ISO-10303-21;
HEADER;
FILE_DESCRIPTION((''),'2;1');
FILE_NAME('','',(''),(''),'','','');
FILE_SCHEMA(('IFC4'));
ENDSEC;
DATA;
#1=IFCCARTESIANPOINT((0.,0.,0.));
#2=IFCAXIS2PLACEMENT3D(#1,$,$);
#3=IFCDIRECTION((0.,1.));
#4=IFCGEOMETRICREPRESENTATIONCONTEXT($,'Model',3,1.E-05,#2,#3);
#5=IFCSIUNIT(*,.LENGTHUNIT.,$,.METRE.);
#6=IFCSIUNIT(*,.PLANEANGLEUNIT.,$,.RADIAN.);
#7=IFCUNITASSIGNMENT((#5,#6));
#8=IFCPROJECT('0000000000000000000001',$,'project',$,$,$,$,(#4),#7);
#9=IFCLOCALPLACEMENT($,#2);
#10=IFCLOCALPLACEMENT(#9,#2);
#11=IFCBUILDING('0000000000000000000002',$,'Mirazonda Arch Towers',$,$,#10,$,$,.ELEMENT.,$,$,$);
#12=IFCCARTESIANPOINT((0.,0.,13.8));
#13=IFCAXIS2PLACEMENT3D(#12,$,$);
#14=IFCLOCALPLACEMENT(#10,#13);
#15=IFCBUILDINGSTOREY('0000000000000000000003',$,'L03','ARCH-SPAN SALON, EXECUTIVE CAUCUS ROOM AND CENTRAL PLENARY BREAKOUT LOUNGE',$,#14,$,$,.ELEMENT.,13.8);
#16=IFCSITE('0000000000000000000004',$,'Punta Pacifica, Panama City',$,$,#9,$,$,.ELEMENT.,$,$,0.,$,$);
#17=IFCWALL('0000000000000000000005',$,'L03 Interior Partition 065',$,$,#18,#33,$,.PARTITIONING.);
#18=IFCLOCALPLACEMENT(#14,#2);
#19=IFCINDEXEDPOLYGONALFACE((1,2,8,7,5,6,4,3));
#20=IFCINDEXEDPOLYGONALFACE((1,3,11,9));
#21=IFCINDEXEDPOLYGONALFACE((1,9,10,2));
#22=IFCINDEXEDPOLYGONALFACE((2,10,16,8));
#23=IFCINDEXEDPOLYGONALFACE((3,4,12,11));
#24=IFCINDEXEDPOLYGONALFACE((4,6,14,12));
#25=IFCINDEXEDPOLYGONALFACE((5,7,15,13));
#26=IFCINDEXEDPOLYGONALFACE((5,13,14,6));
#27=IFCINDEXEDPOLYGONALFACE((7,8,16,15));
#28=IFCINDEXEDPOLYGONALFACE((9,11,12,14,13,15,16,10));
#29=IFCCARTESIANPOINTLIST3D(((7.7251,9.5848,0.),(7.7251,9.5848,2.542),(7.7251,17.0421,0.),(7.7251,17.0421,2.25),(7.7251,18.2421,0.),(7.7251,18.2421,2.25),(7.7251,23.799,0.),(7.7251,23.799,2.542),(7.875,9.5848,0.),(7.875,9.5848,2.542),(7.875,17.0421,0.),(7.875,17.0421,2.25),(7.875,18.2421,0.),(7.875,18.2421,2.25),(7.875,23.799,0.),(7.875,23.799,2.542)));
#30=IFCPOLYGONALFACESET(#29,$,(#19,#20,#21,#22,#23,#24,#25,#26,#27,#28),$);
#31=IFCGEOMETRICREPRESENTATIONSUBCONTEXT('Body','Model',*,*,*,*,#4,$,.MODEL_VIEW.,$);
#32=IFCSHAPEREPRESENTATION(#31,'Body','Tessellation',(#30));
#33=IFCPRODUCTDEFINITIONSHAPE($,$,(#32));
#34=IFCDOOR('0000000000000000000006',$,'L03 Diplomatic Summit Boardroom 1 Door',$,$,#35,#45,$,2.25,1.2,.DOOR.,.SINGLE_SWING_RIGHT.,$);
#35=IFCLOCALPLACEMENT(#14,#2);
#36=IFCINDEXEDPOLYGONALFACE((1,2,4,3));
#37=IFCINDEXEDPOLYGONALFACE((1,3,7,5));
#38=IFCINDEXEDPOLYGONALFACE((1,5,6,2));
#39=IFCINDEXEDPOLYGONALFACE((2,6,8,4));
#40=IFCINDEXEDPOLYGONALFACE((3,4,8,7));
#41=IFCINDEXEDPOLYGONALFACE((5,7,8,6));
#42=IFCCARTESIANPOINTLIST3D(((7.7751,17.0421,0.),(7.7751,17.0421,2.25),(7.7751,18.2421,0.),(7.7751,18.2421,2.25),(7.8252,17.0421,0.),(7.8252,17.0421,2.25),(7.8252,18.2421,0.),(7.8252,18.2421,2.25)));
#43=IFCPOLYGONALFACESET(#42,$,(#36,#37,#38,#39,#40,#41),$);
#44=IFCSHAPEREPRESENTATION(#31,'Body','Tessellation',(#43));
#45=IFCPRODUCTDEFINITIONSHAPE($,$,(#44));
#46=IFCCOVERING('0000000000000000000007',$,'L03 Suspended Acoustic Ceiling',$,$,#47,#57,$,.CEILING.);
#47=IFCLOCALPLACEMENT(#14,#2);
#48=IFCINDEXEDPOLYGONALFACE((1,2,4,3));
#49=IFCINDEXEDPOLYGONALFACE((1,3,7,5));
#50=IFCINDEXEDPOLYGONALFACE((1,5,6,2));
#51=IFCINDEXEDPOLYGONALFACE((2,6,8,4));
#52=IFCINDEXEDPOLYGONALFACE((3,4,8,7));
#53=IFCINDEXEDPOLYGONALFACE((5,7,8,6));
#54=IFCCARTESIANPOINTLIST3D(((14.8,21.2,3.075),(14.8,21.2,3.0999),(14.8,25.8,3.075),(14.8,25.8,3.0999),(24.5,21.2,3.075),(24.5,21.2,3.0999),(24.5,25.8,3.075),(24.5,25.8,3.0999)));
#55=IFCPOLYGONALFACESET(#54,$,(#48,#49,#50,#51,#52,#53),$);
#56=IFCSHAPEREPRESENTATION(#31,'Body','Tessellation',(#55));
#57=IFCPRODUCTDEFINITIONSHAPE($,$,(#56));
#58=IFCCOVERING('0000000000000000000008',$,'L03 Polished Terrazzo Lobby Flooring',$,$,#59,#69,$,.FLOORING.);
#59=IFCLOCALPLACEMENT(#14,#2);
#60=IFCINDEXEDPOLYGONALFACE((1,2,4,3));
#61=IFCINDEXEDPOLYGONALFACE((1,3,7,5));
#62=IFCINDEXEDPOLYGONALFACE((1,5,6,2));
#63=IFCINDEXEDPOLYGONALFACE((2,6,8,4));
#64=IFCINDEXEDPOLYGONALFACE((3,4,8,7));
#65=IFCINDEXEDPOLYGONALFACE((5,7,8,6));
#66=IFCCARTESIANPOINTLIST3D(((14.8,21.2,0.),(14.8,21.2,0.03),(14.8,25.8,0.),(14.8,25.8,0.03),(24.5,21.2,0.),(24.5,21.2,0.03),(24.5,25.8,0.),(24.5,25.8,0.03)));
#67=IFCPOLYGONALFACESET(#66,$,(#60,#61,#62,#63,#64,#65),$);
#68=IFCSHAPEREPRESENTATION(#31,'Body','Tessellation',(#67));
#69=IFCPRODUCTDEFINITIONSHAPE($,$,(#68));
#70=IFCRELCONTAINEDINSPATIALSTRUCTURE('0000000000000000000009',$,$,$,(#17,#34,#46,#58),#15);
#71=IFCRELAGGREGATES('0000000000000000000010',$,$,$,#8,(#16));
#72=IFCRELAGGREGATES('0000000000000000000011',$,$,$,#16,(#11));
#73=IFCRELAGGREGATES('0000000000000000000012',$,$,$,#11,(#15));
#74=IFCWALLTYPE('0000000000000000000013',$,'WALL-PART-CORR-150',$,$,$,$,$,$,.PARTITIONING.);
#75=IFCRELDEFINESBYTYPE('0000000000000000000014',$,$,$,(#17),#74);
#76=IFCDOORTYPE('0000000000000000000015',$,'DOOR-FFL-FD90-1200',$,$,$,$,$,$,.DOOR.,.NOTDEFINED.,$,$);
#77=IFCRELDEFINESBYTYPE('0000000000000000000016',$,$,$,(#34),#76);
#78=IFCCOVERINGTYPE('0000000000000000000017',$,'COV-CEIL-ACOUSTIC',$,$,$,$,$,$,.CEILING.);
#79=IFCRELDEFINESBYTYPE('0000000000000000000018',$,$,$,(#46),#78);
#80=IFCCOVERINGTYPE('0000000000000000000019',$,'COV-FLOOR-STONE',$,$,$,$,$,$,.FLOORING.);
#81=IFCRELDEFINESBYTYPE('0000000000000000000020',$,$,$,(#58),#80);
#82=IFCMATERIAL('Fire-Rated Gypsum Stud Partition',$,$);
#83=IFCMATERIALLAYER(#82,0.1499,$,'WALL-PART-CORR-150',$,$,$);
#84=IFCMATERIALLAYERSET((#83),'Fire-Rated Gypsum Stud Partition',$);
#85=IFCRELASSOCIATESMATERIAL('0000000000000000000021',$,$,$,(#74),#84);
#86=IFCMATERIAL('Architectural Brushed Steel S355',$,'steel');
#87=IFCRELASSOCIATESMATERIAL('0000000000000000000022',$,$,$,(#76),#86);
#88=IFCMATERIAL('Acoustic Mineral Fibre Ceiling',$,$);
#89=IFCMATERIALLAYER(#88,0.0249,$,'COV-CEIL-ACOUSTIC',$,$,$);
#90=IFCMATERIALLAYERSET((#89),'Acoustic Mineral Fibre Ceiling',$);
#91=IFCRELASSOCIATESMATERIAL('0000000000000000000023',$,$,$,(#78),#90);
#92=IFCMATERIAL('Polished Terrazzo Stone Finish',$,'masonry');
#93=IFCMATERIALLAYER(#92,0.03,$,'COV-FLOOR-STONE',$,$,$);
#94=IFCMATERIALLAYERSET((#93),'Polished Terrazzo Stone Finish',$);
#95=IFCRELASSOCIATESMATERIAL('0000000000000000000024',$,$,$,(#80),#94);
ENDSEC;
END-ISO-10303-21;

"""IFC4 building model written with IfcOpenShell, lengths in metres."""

from ifc_helpers import new_model, si_unit, direction, frame, frame_2d, origin, place, context, subcontext, project, spatial, polyline, rectangle, outline, extrude, material, layer, layer_set, type_object, element, fill, save


model = new_model("IFC4")

# Units and contexts
model_context = context("Model", 3, precision=1e-05, world=origin(), true_north=direction((0.0, 1.0)))
body_context = subcontext(model_context, "Body", "Model", "MODEL_VIEW")
ifc_project = project(units=[si_unit("LENGTHUNIT", "METRE"), si_unit("PLANEANGLEUNIT", "RADIAN")], contexts=[model_context])

# Site, building, storey
site_placement = place(None, origin())
site = spatial("IfcSite", under=ifc_project, at=site_placement, Name="Punta Pacifica, Panama City", CompositionType="ELEMENT", RefElevation=0.0)
building_placement = place(site_placement, origin())
building = spatial("IfcBuilding", under=site, at=building_placement, Name="Mirazonda Arch Towers", CompositionType="ELEMENT")
storey_placement = place(building_placement, frame((0.0, 0.0, 13.8)))
storey = spatial("IfcBuildingStorey", under=building, at=storey_placement, Name="L03", Description="ARCH-SPAN SALON, EXECUTIVE CAUCUS ROOM AND CENTRAL PLENARY BREAKOUT LOUNGE", CompositionType="ELEMENT", Elevation=13.8)

# Shared definitions
ifc_material_1 = material(Name="Fire-Rated Gypsum Stud Partition")
ifc_layer_1 = layer(ifc_material_1, 0.1499, Name="WALL-PART-CORR-150")
ifc_layer_set_1 = layer_set([ifc_layer_1], Name="Fire-Rated Gypsum Stud Partition")
wall_type = type_object("IfcWallType", Name="WALL-PART-CORR-150", PredefinedType="PARTITIONING", material=ifc_layer_set_1)

# Wall, opening, door
wall_1_placement = place(storey_placement, frame((7.8, 9.585, 0.0), z_axis=(0.0, 0.0, 1.0), x_axis=(0.0, 1.0, 0.0)))
wall_1 = element("IfcWall", 1, at=wall_1_placement, inside=storey, type_object=wall_type, Name="L03 Interior Partition 065", PredefinedType="PARTITIONING", context=body_context, shape_type="SweptSolid", body=[
    extrude(rectangle(XDim=14.2141, YDim=0.1499, at=frame_2d((7.1069, 0.0))), origin(), (0.0, 0.0, 1.0), 2.542),
])
opening_placement = place(wall_1_placement, frame((7.457, 0.0, 0.0)))
opening = element("IfcOpeningElement", 2, at=opening_placement, cuts=wall_1, PredefinedType="OPENING", context=body_context, shape_type="SweptSolid", body=[
    extrude(rectangle(XDim=1.2, YDim=2.25, at=frame_2d((0.6001, 1.125))), frame((0.0, 0.085, 0.0), z_axis=(0.0, -1.0, 0.0), x_axis=(1.0, 0.0, 0.0)), (0.0, 0.0, 1.0), 0.1699),
])
ifc_material_2 = material(Name="Architectural Brushed Steel S355", Category="steel")
door_type = type_object("IfcDoorType", Name="DOOR-FFL-FD90-1200", OperationType="NOTDEFINED", PredefinedType="DOOR", material=ifc_material_2)
door_placement = place(opening_placement, origin())
door = element("IfcDoor", 3, at=door_placement, inside=storey, type_object=door_type, Name="L03 Diplomatic Summit Boardroom 1 Door", OperationType="SINGLE_SWING_RIGHT", OverallHeight=2.25, OverallWidth=1.2, PredefinedType="DOOR", context=body_context, shape_type="SweptSolid", body=[
    extrude(rectangle(XDim=1.2, YDim=2.25, at=frame_2d((0.6001, 1.125))), frame((0.0, 0.0249, 0.0), z_axis=(0.0, -1.0, 0.0), x_axis=(1.0, 0.0, 0.0)), (0.0, 0.0, 1.0), 0.05),
])
fill(opening, door)

# Coverings
ifc_material_3 = material(Name="Acoustic Mineral Fibre Ceiling")
ifc_layer_2 = layer(ifc_material_3, 0.0249, Name="COV-CEIL-ACOUSTIC")
ifc_layer_set_2 = layer_set([ifc_layer_2], Name="Acoustic Mineral Fibre Ceiling")
covering_type_1 = type_object("IfcCoveringType", Name="COV-CEIL-ACOUSTIC", PredefinedType="CEILING", material=ifc_layer_set_2)
covering_1_placement = place(storey_placement, frame((0.0, 0.0, 3.075)))
element("IfcCovering", 4, at=covering_1_placement, inside=storey, type_object=covering_type_1, Name="L03 Suspended Acoustic Ceiling", PredefinedType="CEILING", context=body_context, shape_type="SweptSolid", body=[
    extrude(outline(polyline([(14.8, 21.2), (24.5, 21.2), (24.5, 25.8), (14.8, 25.8), (14.8, 21.2)])), origin(), (0.0, 0.0, 1.0), 0.0249),
])
ifc_material_4 = material(Name="Polished Terrazzo Stone Finish", Category="masonry")
ifc_layer_3 = layer(ifc_material_4, 0.03, Name="COV-FLOOR-STONE")
ifc_layer_set_3 = layer_set([ifc_layer_3], Name="Polished Terrazzo Stone Finish")
covering_type_2 = type_object("IfcCoveringType", Name="COV-FLOOR-STONE", PredefinedType="FLOORING", material=ifc_layer_set_3)
covering_2_placement = place(storey_placement, origin())
element("IfcCovering", 5, at=covering_2_placement, inside=storey, type_object=covering_type_2, Name="L03 Polished Terrazzo Lobby Flooring", PredefinedType="FLOORING", context=body_context, shape_type="SweptSolid", body=[
    extrude(outline(polyline([(14.8, 21.2), (24.5, 21.2), (24.5, 25.8), (14.8, 25.8), (14.8, 21.2)])), origin(), (0.0, 0.0, 1.0), 0.03),
])

save(model, "model.ifc")
